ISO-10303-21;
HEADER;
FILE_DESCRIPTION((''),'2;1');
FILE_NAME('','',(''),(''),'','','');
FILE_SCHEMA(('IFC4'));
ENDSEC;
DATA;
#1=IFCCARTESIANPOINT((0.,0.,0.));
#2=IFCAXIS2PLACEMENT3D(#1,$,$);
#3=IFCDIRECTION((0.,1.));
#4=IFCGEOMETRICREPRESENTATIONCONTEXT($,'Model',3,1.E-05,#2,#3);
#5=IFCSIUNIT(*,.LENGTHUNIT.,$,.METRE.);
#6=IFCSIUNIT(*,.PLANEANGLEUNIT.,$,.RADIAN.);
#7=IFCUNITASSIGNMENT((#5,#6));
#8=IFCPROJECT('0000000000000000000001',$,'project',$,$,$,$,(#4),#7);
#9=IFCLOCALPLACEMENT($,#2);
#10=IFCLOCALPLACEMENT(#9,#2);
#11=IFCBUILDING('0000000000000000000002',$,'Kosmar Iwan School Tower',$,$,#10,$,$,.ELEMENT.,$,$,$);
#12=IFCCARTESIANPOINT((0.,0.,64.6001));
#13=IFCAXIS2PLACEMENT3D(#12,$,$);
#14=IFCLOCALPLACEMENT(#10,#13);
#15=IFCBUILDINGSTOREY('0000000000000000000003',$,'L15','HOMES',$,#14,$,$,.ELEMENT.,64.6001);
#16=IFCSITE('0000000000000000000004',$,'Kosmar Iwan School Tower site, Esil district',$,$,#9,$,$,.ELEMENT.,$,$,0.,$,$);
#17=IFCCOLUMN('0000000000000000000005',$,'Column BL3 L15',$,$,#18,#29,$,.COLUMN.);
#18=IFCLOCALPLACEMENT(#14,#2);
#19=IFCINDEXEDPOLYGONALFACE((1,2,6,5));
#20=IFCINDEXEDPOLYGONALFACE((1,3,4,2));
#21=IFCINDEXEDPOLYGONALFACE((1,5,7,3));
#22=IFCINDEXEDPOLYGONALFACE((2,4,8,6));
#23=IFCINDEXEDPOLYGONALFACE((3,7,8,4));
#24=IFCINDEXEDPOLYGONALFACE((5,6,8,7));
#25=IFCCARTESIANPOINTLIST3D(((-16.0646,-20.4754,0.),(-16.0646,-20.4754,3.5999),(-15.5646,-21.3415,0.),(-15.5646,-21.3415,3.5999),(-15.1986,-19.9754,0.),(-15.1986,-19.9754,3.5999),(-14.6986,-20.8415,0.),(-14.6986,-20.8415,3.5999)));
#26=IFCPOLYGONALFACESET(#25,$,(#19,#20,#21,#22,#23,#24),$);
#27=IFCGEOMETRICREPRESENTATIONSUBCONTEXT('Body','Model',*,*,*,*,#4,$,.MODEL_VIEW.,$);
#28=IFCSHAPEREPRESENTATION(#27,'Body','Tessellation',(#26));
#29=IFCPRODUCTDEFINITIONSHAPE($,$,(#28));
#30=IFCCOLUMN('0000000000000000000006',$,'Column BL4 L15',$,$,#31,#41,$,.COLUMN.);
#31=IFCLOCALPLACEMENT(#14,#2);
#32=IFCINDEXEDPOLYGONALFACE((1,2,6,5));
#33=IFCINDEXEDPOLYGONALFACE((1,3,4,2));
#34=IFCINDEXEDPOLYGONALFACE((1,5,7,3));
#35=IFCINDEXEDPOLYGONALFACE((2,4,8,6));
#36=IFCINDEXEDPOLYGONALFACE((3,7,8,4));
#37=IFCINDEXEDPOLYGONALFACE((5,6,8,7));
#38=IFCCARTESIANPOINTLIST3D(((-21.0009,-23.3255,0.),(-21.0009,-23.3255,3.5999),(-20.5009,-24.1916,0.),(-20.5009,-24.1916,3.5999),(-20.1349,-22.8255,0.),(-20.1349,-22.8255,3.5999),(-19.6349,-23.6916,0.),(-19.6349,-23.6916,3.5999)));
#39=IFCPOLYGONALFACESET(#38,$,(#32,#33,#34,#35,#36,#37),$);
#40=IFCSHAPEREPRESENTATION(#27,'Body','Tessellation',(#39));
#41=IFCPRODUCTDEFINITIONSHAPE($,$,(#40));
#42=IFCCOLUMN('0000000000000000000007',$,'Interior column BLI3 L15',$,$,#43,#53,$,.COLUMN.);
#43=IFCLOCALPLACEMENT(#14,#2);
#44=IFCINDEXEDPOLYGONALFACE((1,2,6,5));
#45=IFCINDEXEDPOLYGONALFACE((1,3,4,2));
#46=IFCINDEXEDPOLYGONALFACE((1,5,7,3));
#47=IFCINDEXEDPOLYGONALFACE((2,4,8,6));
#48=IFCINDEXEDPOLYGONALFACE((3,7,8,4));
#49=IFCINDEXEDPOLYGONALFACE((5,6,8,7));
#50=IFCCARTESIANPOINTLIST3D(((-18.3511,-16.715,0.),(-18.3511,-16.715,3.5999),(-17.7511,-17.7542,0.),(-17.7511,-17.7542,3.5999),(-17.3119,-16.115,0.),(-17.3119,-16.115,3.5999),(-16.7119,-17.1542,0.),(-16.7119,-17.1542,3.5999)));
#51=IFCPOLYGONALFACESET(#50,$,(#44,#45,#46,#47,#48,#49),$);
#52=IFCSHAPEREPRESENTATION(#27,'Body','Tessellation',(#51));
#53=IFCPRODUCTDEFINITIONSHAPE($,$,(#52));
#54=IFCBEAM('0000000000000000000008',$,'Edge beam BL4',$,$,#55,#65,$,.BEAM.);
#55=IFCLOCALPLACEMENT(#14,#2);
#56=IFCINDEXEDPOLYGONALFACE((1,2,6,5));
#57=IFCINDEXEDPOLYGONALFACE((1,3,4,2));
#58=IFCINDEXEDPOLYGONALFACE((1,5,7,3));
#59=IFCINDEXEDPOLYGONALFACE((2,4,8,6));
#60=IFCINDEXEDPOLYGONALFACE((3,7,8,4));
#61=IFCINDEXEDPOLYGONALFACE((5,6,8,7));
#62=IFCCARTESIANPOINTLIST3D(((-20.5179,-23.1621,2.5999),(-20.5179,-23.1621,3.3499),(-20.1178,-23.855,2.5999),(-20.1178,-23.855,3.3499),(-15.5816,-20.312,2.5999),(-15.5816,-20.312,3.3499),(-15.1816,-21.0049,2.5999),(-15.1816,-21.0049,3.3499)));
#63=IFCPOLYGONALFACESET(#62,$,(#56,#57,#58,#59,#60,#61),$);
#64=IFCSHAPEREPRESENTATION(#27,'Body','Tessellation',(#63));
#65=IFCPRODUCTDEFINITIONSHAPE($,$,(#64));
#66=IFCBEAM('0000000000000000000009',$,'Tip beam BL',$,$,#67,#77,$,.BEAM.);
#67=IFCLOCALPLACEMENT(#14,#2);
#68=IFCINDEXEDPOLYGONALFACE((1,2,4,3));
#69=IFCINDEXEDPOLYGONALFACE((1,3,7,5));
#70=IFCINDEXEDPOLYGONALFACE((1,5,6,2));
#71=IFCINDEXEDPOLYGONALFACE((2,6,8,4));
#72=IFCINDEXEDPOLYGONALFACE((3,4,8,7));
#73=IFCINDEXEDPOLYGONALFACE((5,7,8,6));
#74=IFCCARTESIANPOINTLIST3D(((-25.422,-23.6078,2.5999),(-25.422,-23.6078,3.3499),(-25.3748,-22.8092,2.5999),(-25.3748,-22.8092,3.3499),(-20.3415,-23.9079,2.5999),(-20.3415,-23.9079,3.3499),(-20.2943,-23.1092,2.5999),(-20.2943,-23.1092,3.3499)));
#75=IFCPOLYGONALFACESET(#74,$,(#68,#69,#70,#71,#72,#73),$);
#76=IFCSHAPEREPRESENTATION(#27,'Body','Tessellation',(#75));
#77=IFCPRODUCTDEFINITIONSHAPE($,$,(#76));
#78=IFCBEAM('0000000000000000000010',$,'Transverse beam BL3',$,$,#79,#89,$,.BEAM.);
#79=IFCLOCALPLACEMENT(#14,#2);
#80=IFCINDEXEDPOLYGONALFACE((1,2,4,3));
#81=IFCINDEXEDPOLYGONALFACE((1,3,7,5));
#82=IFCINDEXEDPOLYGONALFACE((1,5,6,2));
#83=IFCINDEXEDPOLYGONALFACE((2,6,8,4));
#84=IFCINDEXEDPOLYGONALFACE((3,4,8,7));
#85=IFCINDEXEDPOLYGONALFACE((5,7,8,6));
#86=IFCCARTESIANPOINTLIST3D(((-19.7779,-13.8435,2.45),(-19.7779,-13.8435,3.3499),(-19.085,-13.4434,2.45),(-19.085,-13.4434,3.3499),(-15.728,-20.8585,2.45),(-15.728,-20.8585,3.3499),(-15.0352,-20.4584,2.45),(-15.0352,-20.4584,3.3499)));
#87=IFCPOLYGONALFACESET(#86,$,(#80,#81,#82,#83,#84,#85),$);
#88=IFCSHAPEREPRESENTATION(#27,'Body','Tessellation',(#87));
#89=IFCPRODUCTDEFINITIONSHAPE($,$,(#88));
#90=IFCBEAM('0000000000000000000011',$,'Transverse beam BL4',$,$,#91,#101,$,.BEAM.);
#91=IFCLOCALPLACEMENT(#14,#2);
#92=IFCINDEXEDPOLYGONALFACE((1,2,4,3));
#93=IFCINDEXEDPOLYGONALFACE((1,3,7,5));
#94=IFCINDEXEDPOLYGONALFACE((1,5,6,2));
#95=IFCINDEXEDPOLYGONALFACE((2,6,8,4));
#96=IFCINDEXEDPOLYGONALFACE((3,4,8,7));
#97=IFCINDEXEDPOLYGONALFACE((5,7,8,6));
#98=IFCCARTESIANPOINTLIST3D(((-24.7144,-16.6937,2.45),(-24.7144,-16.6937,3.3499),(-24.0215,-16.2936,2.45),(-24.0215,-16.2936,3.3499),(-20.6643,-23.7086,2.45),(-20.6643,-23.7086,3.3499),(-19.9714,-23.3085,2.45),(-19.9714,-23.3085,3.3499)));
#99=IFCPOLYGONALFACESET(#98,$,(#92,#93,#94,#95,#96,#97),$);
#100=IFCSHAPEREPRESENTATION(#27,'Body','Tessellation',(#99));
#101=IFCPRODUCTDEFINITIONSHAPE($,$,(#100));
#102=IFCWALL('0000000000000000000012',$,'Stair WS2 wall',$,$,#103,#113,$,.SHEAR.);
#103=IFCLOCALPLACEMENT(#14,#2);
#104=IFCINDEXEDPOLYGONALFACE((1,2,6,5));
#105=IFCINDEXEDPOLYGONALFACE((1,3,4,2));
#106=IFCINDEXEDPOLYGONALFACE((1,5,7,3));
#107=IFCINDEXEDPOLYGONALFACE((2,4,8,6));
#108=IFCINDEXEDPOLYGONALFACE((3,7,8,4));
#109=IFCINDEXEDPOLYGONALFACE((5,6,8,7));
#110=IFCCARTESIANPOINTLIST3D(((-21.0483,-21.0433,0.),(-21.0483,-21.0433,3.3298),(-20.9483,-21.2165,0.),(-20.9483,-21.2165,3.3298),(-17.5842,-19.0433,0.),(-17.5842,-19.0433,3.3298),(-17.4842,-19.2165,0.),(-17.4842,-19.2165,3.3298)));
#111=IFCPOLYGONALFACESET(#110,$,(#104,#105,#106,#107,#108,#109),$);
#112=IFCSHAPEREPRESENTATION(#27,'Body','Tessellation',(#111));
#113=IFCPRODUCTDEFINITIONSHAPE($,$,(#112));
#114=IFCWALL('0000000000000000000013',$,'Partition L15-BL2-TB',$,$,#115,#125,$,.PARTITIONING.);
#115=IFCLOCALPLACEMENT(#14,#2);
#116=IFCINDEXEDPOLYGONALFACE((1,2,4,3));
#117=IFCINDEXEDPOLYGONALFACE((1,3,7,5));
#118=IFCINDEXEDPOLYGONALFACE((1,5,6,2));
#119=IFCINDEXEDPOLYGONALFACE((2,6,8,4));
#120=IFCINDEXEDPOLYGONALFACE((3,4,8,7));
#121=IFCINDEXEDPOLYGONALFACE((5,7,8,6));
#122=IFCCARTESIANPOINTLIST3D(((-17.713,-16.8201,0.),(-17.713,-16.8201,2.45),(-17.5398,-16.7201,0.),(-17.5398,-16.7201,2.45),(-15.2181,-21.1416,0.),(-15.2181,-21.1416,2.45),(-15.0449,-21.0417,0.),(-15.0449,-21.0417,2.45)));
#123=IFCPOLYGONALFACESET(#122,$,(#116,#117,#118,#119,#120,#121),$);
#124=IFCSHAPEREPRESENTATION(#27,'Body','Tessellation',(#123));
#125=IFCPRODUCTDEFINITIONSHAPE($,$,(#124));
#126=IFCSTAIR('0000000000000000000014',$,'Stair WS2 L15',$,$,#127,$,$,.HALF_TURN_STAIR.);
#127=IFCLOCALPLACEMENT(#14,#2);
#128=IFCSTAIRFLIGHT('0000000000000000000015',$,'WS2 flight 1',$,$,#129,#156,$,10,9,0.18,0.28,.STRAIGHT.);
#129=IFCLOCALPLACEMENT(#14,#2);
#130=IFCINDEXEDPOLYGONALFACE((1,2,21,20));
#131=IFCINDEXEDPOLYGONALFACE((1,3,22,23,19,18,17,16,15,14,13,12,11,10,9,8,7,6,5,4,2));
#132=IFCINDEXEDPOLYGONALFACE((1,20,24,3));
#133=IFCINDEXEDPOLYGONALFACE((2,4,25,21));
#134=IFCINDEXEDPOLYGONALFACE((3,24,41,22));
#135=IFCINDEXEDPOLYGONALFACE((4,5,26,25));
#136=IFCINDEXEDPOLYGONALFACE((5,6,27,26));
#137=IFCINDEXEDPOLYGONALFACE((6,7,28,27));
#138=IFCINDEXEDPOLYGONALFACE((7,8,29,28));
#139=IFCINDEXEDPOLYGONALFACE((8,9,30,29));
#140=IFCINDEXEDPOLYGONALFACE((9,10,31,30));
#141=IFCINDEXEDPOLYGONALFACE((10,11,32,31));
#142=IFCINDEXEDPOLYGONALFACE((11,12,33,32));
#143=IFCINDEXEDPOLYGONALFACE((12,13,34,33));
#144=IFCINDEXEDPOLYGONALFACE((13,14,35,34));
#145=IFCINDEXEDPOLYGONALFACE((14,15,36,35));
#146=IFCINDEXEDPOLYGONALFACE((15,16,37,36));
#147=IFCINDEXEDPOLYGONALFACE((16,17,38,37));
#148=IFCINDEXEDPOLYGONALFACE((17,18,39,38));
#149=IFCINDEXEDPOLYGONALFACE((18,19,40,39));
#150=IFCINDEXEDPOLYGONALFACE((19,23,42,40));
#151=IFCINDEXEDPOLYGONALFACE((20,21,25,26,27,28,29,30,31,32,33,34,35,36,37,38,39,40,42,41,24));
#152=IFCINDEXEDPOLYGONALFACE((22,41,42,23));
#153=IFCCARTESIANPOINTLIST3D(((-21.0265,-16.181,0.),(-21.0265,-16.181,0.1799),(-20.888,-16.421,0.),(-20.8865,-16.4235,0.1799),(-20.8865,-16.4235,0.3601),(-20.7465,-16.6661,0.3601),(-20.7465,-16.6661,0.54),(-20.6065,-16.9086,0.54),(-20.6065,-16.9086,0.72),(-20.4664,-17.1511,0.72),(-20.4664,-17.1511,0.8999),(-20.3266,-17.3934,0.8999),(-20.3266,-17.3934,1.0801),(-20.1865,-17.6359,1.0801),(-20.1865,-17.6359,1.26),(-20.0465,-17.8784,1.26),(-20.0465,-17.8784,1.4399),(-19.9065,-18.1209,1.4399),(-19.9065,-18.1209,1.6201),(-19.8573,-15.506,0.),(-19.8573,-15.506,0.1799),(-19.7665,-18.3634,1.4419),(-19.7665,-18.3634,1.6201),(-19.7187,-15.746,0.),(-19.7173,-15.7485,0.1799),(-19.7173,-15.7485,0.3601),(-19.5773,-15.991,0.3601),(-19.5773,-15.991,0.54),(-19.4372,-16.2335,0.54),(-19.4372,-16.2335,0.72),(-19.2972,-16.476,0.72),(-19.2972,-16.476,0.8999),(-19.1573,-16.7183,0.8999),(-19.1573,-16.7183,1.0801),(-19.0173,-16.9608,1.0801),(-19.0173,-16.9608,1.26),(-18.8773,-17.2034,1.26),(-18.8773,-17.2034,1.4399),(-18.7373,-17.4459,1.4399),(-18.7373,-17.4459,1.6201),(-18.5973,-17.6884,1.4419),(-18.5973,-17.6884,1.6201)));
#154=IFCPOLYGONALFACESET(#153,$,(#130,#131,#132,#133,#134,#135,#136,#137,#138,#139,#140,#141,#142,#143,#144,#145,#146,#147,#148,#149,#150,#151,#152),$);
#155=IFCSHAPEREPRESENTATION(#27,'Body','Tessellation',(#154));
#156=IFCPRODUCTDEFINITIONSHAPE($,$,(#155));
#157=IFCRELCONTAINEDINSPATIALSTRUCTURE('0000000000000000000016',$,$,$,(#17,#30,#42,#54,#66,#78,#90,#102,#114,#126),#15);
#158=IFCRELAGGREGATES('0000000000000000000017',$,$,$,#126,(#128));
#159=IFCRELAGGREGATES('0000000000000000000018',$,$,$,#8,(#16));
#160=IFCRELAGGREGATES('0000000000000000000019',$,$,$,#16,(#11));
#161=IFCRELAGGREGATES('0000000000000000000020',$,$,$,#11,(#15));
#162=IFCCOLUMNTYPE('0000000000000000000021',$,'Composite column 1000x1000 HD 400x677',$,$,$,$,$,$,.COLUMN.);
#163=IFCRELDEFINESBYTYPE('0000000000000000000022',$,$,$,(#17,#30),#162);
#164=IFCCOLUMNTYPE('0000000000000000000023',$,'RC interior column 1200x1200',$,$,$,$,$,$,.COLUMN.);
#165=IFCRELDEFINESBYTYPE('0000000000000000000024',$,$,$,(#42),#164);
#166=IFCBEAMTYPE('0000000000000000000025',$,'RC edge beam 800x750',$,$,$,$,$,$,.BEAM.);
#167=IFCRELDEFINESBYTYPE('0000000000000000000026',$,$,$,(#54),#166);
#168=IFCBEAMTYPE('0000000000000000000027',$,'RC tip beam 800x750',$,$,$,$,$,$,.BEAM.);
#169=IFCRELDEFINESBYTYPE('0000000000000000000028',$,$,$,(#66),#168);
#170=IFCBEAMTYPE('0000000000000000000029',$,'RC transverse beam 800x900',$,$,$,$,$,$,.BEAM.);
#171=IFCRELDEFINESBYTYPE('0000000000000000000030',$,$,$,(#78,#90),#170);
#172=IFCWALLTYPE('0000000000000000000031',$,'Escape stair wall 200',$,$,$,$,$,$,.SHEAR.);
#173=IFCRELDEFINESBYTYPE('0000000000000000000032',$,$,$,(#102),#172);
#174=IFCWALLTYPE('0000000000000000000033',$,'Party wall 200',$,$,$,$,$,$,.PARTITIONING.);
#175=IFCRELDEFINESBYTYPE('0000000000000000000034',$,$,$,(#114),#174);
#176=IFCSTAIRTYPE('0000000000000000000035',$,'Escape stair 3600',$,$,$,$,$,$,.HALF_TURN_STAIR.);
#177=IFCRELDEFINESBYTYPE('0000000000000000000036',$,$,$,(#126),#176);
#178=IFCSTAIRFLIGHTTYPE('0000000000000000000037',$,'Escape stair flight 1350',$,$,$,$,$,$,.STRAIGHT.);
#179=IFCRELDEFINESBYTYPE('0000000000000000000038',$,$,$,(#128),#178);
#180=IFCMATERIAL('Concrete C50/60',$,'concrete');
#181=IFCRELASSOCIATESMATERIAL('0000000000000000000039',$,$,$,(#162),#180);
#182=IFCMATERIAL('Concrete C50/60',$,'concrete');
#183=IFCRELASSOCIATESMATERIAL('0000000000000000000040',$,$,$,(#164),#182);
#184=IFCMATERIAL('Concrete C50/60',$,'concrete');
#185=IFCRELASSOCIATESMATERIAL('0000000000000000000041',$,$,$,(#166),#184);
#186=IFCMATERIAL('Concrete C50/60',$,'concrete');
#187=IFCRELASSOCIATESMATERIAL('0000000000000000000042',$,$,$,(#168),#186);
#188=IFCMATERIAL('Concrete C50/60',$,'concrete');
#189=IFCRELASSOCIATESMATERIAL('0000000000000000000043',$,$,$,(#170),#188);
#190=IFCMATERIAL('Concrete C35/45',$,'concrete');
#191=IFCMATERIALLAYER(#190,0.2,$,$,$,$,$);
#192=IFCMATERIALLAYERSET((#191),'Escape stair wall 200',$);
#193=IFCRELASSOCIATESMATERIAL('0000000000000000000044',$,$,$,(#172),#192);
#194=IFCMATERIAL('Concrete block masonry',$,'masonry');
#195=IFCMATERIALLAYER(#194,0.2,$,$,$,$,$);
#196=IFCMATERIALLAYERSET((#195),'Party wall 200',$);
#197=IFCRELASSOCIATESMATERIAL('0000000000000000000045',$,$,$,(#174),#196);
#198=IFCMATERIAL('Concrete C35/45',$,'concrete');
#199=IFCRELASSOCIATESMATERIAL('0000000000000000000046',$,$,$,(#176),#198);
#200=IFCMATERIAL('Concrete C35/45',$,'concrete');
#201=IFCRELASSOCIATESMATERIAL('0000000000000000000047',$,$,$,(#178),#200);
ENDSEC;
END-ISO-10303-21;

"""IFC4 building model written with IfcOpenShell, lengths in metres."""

from ifc_helpers import new_model, si_unit, direction, frame, frame_2d, origin, origin_2d, place, context, subcontext, project, spatial, polyline, rectangle, outline, extrude, material, layer, layer_set, material_profile, profile_set, type_object, element, aggregate, save


model = new_model("IFC4")

# Units and contexts
model_context = context("Model", 3, precision=1e-05, world=origin(), true_north=direction((0.0, 1.0)))
body_context = subcontext(model_context, "Body", "Model", "MODEL_VIEW")
ifc_project = project(units=[si_unit("LENGTHUNIT", "METRE"), si_unit("PLANEANGLEUNIT", "RADIAN")], contexts=[model_context])

# Site, building, storey
site_placement = place(None, origin())
site = spatial("IfcSite", under=ifc_project, at=site_placement, Name="Kosmar Iwan School Tower site, Esil district", CompositionType="ELEMENT", RefElevation=0.0)
building_placement = place(site_placement, origin())
building = spatial("IfcBuilding", under=site, at=building_placement, Name="Kosmar Iwan School Tower", CompositionType="ELEMENT")
storey_placement = place(building_placement, frame((0.0, 0.0, 64.6001)))
storey = spatial("IfcBuildingStorey", under=building, at=storey_placement, Name="L15", Description="HOMES", CompositionType="ELEMENT", Elevation=64.6001)

# Columns
ifc_material_1 = material(Name="Concrete C50/60", Category="concrete")
ifc_material_profile_1 = material_profile(ifc_material_1, rectangle(XDim=1.0, YDim=1.0, at=origin_2d()), Name="RC 1000x1000 + HD 400x677")
ifc_profile_set_1 = profile_set([ifc_material_profile_1], Name="Concrete C50/60")
column_type_1 = type_object("IfcColumnType", Name="Composite column 1000x1000 HD 400x677", PredefinedType="COLUMN", material=ifc_profile_set_1)
for number, where, z_axis, x_axis, name in (
    (1, (-15.3816, -20.6584, 0.0), (0.0, 0.0, 1.0), (-0.866025, -0.5, 0.0), "Column BL3 L15"),
    (2, (-20.3179, -23.5085, 0.0), (0.0, 0.0, 1.0), (-0.866025, -0.5, 0.0), "Column BL4 L15"),
):
    element("IfcColumn", number, at=place(storey_placement, frame(where, z_axis=z_axis, x_axis=x_axis)), inside=storey, type_object=column_type_1, Name=name, PredefinedType="COLUMN", context=body_context, shape_type="SweptSolid", body=[
        extrude(rectangle(XDim=1.0, YDim=1.0, at=origin_2d()), origin(), (0.0, 0.0, 1.0), 3.5999),
    ])
ifc_material_2 = material(Name="Concrete C50/60", Category="concrete")
ifc_material_profile_2 = material_profile(ifc_material_2, rectangle(XDim=1.2, YDim=1.2, at=origin_2d()), Name="RC 1200x1200")
ifc_profile_set_2 = profile_set([ifc_material_profile_2], Name="Concrete C50/60")
column_type_2 = type_object("IfcColumnType", Name="RC interior column 1200x1200", PredefinedType="COLUMN", material=ifc_profile_set_2)
column_placement = place(storey_placement, frame((-17.5315, -16.9346, 0.0), z_axis=(0.0, 0.0, 1.0), x_axis=(-0.866025, -0.5, 0.0)))
element("IfcColumn", 3, at=column_placement, inside=storey, type_object=column_type_2, Name="Interior column BLI3 L15", PredefinedType="COLUMN", context=body_context, shape_type="SweptSolid", body=[
    extrude(rectangle(XDim=1.2, YDim=1.2, at=origin_2d()), origin(), (0.0, 0.0, 1.0), 3.5999),
])

# Beams
ifc_material_3 = material(Name="Concrete C50/60", Category="concrete")
ifc_material_profile_3 = material_profile(ifc_material_3, rectangle(XDim=0.8, YDim=0.75, at=origin_2d()), Name="RC 800x750")
ifc_profile_set_3 = profile_set([ifc_material_profile_3], Name="Concrete C50/60")
beam_type_1 = type_object("IfcBeamType", Name="RC edge beam 800x750", PredefinedType="BEAM", material=ifc_profile_set_3)
beam_1_placement = place(storey_placement, frame((-15.3816, -20.6584, 2.9749), z_axis=(-0.866015, -0.500018, 0.0), x_axis=(0.500018, -0.866015, 0.0)))
element("IfcBeam", 4, at=beam_1_placement, inside=storey, type_object=beam_type_1, Name="Edge beam BL4", PredefinedType="BEAM", context=body_context, shape_type="SweptSolid", body=[
    extrude(rectangle(XDim=0.8, YDim=0.75, at=origin_2d()), origin(), (0.0, 0.0, 1.0), 5.7),
])
ifc_material_4 = material(Name="Concrete C50/60", Category="concrete")
ifc_material_profile_4 = material_profile(ifc_material_4, rectangle(XDim=0.8, YDim=0.75, at=origin_2d()), Name="RC 800x750")
ifc_profile_set_4 = profile_set([ifc_material_profile_4], Name="Concrete C50/60")
beam_type_2 = type_object("IfcBeamType", Name="RC tip beam 800x750", PredefinedType="BEAM", material=ifc_profile_set_4)
beam_2_placement = place(storey_placement, frame((-20.3179, -23.5085, 2.9749), z_axis=(-0.998261, 0.058955, 0.0), x_axis=(-0.058955, -0.998261, 0.0)))
element("IfcBeam", 5, at=beam_2_placement, inside=storey, type_object=beam_type_2, Name="Tip beam BL", PredefinedType="BEAM", context=body_context, shape_type="SweptSolid", body=[
    extrude(rectangle(XDim=0.8, YDim=0.75, at=origin_2d()), origin(), (0.0, 0.0, 1.0), 5.0894),
])
ifc_material_5 = material(Name="Concrete C50/60", Category="concrete")
ifc_material_profile_5 = material_profile(ifc_material_5, rectangle(XDim=0.8, YDim=0.8999, at=origin_2d()), Name="RC 800x900")
ifc_profile_set_5 = profile_set([ifc_material_profile_5], Name="Concrete C50/60")
beam_type_3 = type_object("IfcBeamType", Name="RC transverse beam 800x900", PredefinedType="BEAM", material=ifc_profile_set_5)
for number, where, z_axis, x_axis, name in (
    (6, (-15.3816, -20.6584, 2.8999), (-0.499977, 0.866039, 0.0), (-0.866039, -0.499977, 0.0), "Transverse beam BL3"),
    (7, (-20.3179, -23.5085, 2.8999), (-0.5, 0.866025, 0.0), (-0.866025, -0.5, 0.0), "Transverse beam BL4"),
):
    element("IfcBeam", number, at=place(storey_placement, frame(where, z_axis=z_axis, x_axis=x_axis)), inside=storey, type_object=beam_type_3, Name=name, PredefinedType="BEAM", context=body_context, shape_type="SweptSolid", body=[
        extrude(rectangle(XDim=0.8, YDim=0.8999, at=origin_2d()), origin(), (0.0, 0.0, 1.0), 8.1001),
    ])

# Walls
ifc_material_6 = material(Name="Concrete C35/45", Category="concrete")
ifc_layer_1 = layer(ifc_material_6, 0.2)
ifc_layer_set_1 = layer_set([ifc_layer_1], Name="Escape stair wall 200")
wall_type_1 = type_object("IfcWallType", Name="Escape stair wall 200", PredefinedType="SHEAR", material=ifc_layer_set_1)
wall_1_placement = place(storey_placement, frame((-17.5342, -19.1299, 0.0), z_axis=(0.0, 0.0, 1.0), x_axis=(-0.866026, -0.499999, 0.0)))
element("IfcWall", 8, at=wall_1_placement, inside=storey, type_object=wall_type_1, Name="Stair WS2 wall", PredefinedType="SHEAR", context=body_context, shape_type="SweptSolid", body=[
    extrude(rectangle(XDim=4.0, YDim=0.2, at=frame_2d((2.0, 0.0))), origin(), (0.0, 0.0, 1.0), 3.3298),
])
ifc_material_7 = material(Name="Concrete block masonry", Category="masonry")
ifc_layer_2 = layer(ifc_material_7, 0.2)
ifc_layer_set_2 = layer_set([ifc_layer_2], Name="Party wall 200")
wall_type_2 = type_object("IfcWallType", Name="Party wall 200", PredefinedType="PARTITIONING", material=ifc_layer_set_2)
wall_2_placement = place(storey_placement, frame((-17.6265, -16.77, 0.0), z_axis=(0.0, 0.0, 1.0), x_axis=(0.499975, -0.86604, 0.0)))
element("IfcWall", 9, at=wall_2_placement, inside=storey, type_object=wall_type_2, Name="Partition L15-BL2-TB", PredefinedType="PARTITIONING", context=body_context, shape_type="SweptSolid", body=[
    extrude(rectangle(XDim=4.99, YDim=0.2, at=frame_2d((2.4951, 0.0))), origin(), (0.0, 0.0, 1.0), 2.45),
])

# Stair, stair flight
ifc_material_8 = material(Name="Concrete C35/45", Category="concrete")
stair_type = type_object("IfcStairType", Name="Escape stair 3600", PredefinedType="HALF_TURN_STAIR", material=ifc_material_8)
stair_placement = place(storey_placement, origin())
stair = element("IfcStair", 10, at=stair_placement, inside=storey, type_object=stair_type, Name="Stair WS2 L15", PredefinedType="HALF_TURN_STAIR")
ifc_material_9 = material(Name="Concrete C35/45", Category="concrete")
stair_flight_type = type_object("IfcStairFlightType", Name="Escape stair flight 1350", PredefinedType="STRAIGHT", material=ifc_material_9)
stair_flight_1_placement = place(storey_placement, frame((-20.4419, -15.8435, 0.0), z_axis=(0.0, 0.0, 1.0), x_axis=(0.5, -0.866025, 0.0)))
stair_flight_1 = element("IfcStairFlight", 11, at=stair_flight_1_placement, type_object=stair_flight_type, Name="WS2 flight 1", NumberOfRisers=10, NumberOfTreads=9, PredefinedType="STRAIGHT", RiserHeight=0.18, TreadLength=0.28, context=body_context, shape_type="SweptSolid", body=[
    extrude(outline(polyline([(0.0, 0.0), (0.0, 0.1799), (0.28, 0.1799), (0.28, 0.3601), (0.5601, 0.3601), (0.5601, 0.54), (0.8401, 0.54), (0.8401, 0.72), (1.1201, 0.72), (1.1201, 0.8999), (1.3999, 0.8999), (1.3999, 1.0801), (1.6799, 1.0801), (1.6799, 1.26), (1.96, 1.26), (1.96, 1.4399), (2.24, 1.4399), (2.24, 1.6201), (2.52, 1.6201), (2.52, 1.8), (2.52, 1.4419), (0.2771, 0.0), (0.0, 0.0)])), frame((0.0, 0.675, 0.0), z_axis=(0.0, -1.0, 0.0), x_axis=(1.0, 0.0, 0.0)), (0.0, 0.0, 1.0), 1.3501),
])
aggregate(stair, [stair_flight_1])

save(model, "model.ifc")
